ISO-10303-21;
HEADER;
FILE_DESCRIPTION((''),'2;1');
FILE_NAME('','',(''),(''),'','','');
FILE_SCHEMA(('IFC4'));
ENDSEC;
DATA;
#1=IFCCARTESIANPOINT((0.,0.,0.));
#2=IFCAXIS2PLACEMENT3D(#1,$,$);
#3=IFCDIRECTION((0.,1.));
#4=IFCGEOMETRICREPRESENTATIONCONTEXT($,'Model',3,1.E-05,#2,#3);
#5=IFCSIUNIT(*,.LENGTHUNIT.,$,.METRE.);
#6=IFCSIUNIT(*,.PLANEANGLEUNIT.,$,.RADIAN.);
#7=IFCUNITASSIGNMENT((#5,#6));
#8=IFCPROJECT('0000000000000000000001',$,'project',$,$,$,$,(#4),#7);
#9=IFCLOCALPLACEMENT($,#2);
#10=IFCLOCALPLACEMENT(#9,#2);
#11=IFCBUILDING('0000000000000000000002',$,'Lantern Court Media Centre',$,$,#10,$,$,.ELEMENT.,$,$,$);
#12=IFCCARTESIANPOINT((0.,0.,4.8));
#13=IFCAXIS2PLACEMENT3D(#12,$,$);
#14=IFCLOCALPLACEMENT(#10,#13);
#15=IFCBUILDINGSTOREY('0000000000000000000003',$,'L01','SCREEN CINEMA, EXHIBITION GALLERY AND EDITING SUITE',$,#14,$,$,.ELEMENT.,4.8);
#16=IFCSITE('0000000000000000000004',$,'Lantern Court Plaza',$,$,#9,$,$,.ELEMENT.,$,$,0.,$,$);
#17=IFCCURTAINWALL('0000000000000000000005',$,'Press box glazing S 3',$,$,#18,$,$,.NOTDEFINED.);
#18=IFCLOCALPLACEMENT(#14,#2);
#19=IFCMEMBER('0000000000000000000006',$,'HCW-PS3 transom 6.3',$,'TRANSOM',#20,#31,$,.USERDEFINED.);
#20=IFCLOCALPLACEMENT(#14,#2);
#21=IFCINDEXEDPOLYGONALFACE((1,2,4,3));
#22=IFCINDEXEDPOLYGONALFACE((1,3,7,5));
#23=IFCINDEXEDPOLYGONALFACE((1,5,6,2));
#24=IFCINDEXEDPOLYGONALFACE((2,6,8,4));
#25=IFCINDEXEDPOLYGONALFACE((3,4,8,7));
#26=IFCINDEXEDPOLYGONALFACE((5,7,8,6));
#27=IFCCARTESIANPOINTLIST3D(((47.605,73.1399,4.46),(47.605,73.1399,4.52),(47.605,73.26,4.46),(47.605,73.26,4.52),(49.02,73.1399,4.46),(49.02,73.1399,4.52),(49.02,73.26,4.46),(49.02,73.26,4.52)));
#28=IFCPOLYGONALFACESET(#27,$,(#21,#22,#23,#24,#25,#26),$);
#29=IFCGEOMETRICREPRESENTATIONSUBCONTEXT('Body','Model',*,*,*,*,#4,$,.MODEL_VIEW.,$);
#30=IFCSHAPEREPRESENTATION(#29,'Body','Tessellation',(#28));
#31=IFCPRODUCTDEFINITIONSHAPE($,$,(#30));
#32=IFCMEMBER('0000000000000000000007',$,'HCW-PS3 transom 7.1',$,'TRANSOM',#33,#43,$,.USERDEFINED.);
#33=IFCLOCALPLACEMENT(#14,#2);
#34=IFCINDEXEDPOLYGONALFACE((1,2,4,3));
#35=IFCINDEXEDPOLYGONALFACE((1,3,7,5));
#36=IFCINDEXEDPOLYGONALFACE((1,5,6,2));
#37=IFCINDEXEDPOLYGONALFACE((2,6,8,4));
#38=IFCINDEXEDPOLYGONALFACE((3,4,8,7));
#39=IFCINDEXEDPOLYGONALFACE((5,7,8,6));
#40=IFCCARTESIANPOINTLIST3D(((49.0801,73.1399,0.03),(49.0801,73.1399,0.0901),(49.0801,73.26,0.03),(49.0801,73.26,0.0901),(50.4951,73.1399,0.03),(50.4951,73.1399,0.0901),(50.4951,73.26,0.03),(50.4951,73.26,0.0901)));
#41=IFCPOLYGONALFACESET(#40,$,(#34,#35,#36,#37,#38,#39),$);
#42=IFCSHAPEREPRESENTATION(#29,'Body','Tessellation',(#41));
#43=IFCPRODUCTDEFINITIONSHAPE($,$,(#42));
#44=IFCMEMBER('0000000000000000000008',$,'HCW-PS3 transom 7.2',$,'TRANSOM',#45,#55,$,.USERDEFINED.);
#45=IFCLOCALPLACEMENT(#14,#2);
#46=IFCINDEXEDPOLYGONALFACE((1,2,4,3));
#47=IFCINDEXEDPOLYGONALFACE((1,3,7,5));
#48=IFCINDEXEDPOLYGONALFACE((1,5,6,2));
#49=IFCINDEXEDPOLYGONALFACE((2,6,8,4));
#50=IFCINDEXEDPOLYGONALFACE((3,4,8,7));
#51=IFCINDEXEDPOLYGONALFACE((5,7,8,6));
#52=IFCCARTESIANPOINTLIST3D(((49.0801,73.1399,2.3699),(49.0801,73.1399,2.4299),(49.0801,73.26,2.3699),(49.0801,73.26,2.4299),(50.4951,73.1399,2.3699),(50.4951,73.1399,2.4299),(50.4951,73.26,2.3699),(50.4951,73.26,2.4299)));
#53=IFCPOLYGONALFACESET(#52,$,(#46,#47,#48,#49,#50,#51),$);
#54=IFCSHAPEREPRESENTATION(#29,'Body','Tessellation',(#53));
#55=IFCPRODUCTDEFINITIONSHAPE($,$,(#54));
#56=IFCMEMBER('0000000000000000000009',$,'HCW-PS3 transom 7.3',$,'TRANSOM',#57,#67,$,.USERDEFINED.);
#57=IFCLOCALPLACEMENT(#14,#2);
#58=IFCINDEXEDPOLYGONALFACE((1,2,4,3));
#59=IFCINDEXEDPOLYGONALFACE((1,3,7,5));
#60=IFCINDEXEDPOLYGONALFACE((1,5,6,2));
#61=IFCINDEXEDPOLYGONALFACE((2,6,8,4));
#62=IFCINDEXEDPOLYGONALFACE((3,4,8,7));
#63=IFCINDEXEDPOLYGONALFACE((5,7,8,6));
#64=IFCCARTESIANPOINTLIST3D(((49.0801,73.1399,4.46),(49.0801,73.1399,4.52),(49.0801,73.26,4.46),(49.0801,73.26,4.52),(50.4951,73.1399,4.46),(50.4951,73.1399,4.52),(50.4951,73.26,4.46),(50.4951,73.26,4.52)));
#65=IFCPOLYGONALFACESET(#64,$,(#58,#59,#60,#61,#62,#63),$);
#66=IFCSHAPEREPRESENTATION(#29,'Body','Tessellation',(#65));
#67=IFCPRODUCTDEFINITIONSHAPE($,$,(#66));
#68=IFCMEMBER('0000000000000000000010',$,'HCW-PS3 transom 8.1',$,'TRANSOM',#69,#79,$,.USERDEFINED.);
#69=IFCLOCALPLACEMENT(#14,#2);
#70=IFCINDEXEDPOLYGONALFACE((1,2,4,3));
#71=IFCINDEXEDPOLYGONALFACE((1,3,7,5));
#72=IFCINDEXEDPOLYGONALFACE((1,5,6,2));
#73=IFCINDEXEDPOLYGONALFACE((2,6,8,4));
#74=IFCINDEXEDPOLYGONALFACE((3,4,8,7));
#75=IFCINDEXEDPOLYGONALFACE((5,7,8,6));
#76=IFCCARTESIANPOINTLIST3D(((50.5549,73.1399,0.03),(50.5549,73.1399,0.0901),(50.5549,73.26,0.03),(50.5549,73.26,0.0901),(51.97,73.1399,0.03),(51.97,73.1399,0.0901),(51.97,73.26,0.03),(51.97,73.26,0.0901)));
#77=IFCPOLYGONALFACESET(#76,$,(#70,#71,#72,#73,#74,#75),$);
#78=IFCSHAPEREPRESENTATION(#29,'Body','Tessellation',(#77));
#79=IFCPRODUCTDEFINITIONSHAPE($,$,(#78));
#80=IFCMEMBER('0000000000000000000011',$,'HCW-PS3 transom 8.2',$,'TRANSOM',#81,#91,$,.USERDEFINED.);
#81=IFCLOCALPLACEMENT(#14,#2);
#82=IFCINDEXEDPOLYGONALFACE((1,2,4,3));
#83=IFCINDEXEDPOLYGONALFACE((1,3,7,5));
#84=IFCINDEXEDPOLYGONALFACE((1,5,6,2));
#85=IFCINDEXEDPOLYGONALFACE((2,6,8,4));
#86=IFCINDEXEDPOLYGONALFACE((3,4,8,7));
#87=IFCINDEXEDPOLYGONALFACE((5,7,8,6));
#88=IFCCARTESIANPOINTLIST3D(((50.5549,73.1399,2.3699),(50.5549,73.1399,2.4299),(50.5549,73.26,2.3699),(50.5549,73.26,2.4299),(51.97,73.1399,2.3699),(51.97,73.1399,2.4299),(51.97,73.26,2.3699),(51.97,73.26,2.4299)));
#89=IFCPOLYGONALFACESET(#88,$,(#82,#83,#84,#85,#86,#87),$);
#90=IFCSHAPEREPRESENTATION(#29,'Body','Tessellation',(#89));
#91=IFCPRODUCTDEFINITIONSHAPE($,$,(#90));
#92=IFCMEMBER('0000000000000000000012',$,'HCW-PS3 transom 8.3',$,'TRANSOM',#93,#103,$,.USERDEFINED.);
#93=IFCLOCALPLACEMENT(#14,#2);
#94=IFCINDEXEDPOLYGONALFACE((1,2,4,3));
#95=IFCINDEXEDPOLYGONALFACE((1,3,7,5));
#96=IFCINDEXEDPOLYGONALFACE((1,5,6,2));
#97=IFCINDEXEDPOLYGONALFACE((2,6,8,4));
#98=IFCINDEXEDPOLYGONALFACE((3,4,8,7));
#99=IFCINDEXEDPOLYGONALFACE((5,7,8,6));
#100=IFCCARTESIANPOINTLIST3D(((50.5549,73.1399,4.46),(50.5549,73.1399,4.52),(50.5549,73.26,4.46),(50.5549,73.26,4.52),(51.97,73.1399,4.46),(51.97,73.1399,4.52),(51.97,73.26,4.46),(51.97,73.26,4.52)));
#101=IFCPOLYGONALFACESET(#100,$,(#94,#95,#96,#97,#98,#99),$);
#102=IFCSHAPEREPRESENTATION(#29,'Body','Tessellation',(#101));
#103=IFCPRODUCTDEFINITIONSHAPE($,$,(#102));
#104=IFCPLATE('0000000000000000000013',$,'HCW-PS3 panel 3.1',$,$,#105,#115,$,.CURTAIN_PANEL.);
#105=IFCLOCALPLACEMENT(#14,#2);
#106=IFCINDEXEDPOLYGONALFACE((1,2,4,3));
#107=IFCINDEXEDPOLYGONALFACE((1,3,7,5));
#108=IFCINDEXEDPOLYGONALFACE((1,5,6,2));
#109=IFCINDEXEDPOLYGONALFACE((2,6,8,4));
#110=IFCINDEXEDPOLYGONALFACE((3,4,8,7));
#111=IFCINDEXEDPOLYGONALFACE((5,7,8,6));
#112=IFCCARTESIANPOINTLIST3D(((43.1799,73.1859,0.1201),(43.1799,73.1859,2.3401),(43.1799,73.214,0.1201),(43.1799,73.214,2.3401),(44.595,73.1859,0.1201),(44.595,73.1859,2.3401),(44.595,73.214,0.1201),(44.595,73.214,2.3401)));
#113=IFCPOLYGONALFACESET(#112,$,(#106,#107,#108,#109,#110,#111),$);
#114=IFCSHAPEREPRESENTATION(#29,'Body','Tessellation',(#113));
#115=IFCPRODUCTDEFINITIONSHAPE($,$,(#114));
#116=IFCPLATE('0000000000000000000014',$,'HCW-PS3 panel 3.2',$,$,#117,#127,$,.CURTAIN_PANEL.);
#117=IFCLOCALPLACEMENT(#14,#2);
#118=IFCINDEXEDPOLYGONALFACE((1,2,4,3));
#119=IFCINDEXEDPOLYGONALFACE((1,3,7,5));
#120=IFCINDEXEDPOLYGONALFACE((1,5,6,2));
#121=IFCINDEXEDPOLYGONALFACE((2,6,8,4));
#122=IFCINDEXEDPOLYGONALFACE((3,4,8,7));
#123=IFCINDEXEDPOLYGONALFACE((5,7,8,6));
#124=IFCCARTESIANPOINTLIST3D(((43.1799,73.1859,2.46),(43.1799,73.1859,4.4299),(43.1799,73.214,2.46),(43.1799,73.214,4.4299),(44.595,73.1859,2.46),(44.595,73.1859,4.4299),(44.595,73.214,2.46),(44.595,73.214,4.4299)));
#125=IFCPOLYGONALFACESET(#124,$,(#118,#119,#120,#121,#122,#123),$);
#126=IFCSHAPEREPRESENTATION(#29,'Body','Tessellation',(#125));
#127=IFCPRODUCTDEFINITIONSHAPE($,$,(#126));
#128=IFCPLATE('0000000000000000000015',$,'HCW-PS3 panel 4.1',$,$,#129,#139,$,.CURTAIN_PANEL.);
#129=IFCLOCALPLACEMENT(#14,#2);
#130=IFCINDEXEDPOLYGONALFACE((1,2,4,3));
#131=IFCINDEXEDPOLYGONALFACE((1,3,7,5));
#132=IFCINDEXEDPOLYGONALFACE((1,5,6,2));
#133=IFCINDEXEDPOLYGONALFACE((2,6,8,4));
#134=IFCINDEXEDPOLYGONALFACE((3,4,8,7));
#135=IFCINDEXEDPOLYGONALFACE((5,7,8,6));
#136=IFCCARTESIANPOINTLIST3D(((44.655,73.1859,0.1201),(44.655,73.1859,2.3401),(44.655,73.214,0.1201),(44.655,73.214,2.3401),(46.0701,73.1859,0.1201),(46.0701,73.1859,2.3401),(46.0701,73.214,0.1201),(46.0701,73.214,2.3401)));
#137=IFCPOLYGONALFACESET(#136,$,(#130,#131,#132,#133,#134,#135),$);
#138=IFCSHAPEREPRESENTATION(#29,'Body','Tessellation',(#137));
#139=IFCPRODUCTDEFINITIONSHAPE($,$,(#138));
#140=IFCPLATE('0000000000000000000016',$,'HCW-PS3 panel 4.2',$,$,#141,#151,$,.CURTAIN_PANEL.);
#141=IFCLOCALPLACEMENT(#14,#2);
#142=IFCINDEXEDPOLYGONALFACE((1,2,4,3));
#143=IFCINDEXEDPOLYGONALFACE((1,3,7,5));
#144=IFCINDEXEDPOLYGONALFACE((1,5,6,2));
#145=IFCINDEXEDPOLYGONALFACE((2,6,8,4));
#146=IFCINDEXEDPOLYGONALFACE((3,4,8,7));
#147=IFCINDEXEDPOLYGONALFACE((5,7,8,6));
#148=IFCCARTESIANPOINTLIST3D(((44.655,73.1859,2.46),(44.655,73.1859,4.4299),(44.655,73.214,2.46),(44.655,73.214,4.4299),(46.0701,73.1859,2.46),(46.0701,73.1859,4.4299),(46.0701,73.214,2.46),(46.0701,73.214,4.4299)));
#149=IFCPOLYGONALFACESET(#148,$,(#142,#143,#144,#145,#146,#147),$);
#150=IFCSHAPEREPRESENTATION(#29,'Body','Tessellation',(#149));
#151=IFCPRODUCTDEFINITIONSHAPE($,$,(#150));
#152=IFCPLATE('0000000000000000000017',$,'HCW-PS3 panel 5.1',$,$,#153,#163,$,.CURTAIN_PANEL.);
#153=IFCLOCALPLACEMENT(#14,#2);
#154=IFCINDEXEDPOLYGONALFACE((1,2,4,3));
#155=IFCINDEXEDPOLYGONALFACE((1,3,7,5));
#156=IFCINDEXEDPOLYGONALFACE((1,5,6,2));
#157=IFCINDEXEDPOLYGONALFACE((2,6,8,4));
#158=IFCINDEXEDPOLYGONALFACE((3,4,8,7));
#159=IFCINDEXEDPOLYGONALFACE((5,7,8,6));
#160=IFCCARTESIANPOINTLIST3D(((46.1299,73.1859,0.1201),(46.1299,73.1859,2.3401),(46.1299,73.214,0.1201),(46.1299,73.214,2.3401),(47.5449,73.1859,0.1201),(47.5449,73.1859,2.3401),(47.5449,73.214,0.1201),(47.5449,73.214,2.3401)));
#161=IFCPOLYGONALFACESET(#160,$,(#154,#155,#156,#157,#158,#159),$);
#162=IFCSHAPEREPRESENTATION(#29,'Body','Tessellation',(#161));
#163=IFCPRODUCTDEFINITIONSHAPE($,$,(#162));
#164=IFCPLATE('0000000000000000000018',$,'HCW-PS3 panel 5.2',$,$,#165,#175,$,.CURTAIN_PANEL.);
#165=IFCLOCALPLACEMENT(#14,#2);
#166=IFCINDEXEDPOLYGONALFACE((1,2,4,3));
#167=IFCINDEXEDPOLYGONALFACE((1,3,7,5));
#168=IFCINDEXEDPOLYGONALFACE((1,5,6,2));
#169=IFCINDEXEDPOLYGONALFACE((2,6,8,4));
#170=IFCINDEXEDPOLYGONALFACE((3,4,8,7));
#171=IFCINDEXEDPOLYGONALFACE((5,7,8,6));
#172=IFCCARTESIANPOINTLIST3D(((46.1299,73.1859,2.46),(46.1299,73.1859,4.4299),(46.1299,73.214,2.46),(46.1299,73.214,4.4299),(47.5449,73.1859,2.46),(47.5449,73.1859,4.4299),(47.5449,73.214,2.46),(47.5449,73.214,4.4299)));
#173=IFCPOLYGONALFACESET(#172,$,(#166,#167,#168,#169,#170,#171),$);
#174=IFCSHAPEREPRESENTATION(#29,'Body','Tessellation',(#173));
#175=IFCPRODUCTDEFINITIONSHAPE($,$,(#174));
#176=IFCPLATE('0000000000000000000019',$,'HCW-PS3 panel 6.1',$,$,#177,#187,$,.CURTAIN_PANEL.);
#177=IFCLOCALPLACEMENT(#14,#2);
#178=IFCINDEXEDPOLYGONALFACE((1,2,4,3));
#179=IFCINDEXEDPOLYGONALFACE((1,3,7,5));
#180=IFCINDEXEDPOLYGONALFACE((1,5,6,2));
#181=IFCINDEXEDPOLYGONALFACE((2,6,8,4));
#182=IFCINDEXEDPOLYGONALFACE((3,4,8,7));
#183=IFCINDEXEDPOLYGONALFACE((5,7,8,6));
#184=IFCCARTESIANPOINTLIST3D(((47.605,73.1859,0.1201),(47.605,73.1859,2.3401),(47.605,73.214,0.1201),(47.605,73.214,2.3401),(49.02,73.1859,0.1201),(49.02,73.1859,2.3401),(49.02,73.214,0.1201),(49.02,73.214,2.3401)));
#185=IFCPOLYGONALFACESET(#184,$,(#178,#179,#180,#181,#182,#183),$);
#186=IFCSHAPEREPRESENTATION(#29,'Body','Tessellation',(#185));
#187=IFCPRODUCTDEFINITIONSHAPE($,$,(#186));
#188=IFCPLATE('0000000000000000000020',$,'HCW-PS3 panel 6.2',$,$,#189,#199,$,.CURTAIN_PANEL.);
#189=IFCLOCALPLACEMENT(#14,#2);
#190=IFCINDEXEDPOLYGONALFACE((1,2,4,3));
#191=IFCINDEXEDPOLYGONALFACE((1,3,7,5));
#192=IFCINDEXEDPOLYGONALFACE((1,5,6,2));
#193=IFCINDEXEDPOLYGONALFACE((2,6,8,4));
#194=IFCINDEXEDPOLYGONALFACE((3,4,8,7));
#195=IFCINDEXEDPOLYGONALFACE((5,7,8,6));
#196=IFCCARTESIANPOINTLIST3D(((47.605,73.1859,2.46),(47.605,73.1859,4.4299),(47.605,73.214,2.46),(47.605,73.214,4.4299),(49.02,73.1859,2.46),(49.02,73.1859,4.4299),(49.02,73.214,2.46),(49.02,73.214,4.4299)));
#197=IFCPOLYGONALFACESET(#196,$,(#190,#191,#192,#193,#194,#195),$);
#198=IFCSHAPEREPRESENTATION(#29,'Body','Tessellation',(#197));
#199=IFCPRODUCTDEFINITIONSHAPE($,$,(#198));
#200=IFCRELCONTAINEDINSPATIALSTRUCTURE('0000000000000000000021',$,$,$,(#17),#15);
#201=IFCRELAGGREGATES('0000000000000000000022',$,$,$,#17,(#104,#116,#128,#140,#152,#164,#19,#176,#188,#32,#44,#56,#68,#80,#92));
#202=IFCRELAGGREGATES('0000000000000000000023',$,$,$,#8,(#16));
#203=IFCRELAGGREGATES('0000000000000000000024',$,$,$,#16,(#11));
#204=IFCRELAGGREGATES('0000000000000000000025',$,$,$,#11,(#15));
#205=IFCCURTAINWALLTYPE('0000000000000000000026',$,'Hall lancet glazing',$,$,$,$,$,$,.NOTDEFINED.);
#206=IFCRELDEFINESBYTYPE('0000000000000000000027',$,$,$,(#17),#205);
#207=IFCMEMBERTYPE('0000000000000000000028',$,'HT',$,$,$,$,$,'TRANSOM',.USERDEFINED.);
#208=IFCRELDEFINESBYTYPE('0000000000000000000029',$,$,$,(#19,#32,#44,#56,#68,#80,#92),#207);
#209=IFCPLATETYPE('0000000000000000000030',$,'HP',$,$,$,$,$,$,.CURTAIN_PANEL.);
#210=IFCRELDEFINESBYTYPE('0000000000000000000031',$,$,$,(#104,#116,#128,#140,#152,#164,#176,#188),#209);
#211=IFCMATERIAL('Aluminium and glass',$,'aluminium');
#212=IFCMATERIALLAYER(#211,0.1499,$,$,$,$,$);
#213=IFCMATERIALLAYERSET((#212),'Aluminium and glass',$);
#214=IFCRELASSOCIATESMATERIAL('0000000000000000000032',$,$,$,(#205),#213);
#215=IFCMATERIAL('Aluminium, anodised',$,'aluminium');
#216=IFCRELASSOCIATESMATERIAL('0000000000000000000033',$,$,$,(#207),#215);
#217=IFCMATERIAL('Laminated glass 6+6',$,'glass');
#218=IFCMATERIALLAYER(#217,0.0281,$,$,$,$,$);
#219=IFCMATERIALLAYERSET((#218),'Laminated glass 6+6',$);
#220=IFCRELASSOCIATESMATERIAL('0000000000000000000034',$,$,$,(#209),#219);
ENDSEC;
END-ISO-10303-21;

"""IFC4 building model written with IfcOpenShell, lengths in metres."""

from ifc_helpers import new_model, si_unit, direction, frame, origin, origin_2d, place, context, subcontext, project, spatial, rectangle, extrude, material, layer, layer_set, material_profile, profile_set, type_object, element, aggregate, save


model = new_model("IFC4")

# Units and contexts
model_context = context("Model", 3, precision=1e-05, world=origin(), true_north=direction((0.0, 1.0)))
body_context = subcontext(model_context, "Body", "Model", "MODEL_VIEW")
ifc_project = project(units=[si_unit("LENGTHUNIT", "METRE"), si_unit("PLANEANGLEUNIT", "RADIAN")], contexts=[model_context])

# Site, building, storey
site_placement = place(None, origin())
site = spatial("IfcSite", under=ifc_project, at=site_placement, Name="Lantern Court Plaza", CompositionType="ELEMENT", RefElevation=0.0)
building_placement = place(site_placement, origin())
building = spatial("IfcBuilding", under=site, at=building_placement, Name="Lantern Court Media Centre", CompositionType="ELEMENT")
storey_placement = place(building_placement, frame((0.0, 0.0, 4.8)))
storey = spatial("IfcBuildingStorey", under=building, at=storey_placement, Name="L01", Description="SCREEN CINEMA, EXHIBITION GALLERY AND EDITING SUITE", CompositionType="ELEMENT", Elevation=4.8)

# Curtain wall, members, plates
ifc_material_1 = material(Name="Aluminium and glass", Category="aluminium")
ifc_layer_1 = layer(ifc_material_1, 0.1499)
ifc_layer_set_1 = layer_set([ifc_layer_1], Name="Aluminium and glass")
curtain_wall_type = type_object("IfcCurtainWallType", Name="Hall lancet glazing", PredefinedType="NOTDEFINED", material=ifc_layer_set_1)
curtain_wall_placement = place(storey_placement, origin())
curtain_wall = element("IfcCurtainWall", 1, at=curtain_wall_placement, inside=storey, type_object=curtain_wall_type, Name="Press box glazing S 3", PredefinedType="NOTDEFINED")
ifc_material_2 = material(Name="Aluminium, anodised", Category="aluminium")
ifc_material_profile_1 = material_profile(ifc_material_2, rectangle(XDim=0.1201, YDim=0.0601, at=origin_2d()), Name="HT")
ifc_profile_set_1 = profile_set([ifc_material_profile_1], Name="Aluminium, anodised")
member_type_1 = type_object("IfcMemberType", Name="HT", ElementType="TRANSOM", PredefinedType="USERDEFINED", material=ifc_profile_set_1)
member_1_placement = place(storey_placement, frame((47.605, 73.2, 4.49), z_axis=(1.0, 0.0, 0.0), x_axis=(0.0, 1.0, 0.0)))
member_1 = element("IfcMember", 2, at=member_1_placement, type_object=member_type_1, Name="HCW-PS3 transom 6.3", ObjectType="TRANSOM", PredefinedType="USERDEFINED", context=body_context, shape_type="SweptSolid", body=[
    extrude(rectangle(XDim=0.1201, YDim=0.0601, at=origin_2d()), origin(), (0.0, 0.0, 1.0), 1.415),
])
member_2_placement = place(storey_placement, frame((49.0801, 73.2, 0.0601), z_axis=(1.0, 0.0, 0.0), x_axis=(0.0, 1.0, 0.0)))
member_2 = element("IfcMember", 3, at=member_2_placement, type_object=member_type_1, Name="HCW-PS3 transom 7.1", ObjectType="TRANSOM", PredefinedType="USERDEFINED", context=body_context, shape_type="SweptSolid", body=[
    extrude(rectangle(XDim=0.1201, YDim=0.0601, at=origin_2d()), origin(), (0.0, 0.0, 1.0), 1.415),
])
member_3_placement = place(storey_placement, frame((49.0801, 73.2, 2.3999), z_axis=(1.0, 0.0, 0.0), x_axis=(0.0, 1.0, 0.0)))
member_3 = element("IfcMember", 4, at=member_3_placement, type_object=member_type_1, Name="HCW-PS3 transom 7.2", ObjectType="TRANSOM", PredefinedType="USERDEFINED", context=body_context, shape_type="SweptSolid", body=[
    extrude(rectangle(XDim=0.1201, YDim=0.0601, at=origin_2d()), origin(), (0.0, 0.0, 1.0), 1.415),
])
member_4_placement = place(storey_placement, frame((49.0801, 73.2, 4.49), z_axis=(1.0, 0.0, 0.0), x_axis=(0.0, 1.0, 0.0)))
member_4 = element("IfcMember", 5, at=member_4_placement, type_object=member_type_1, Name="HCW-PS3 transom 7.3", ObjectType="TRANSOM", PredefinedType="USERDEFINED", context=body_context, shape_type="SweptSolid", body=[
    extrude(rectangle(XDim=0.1201, YDim=0.0601, at=origin_2d()), origin(), (0.0, 0.0, 1.0), 1.415),
])
member_5_placement = place(storey_placement, frame((50.5549, 73.2, 0.0601), z_axis=(1.0, 0.0, 0.0), x_axis=(0.0, 1.0, 0.0)))
member_5 = element("IfcMember", 6, at=member_5_placement, type_object=member_type_1, Name="HCW-PS3 transom 8.1", ObjectType="TRANSOM", PredefinedType="USERDEFINED", context=body_context, shape_type="SweptSolid", body=[
    extrude(rectangle(XDim=0.1201, YDim=0.0601, at=origin_2d()), origin(), (0.0, 0.0, 1.0), 1.415),
])
member_6_placement = place(storey_placement, frame((50.5549, 73.2, 2.3999), z_axis=(1.0, 0.0, 0.0), x_axis=(0.0, 1.0, 0.0)))
member_6 = element("IfcMember", 7, at=member_6_placement, type_object=member_type_1, Name="HCW-PS3 transom 8.2", ObjectType="TRANSOM", PredefinedType="USERDEFINED", context=body_context, shape_type="SweptSolid", body=[
    extrude(rectangle(XDim=0.1201, YDim=0.0601, at=origin_2d()), origin(), (0.0, 0.0, 1.0), 1.415),
])
member_7_placement = place(storey_placement, frame((50.5549, 73.2, 4.49), z_axis=(1.0, 0.0, 0.0), x_axis=(0.0, 1.0, 0.0)))
member_7 = element("IfcMember", 8, at=member_7_placement, type_object=member_type_1, Name="HCW-PS3 transom 8.3", ObjectType="TRANSOM", PredefinedType="USERDEFINED", context=body_context, shape_type="SweptSolid", body=[
    extrude(rectangle(XDim=0.1201, YDim=0.0601, at=origin_2d()), origin(), (0.0, 0.0, 1.0), 1.415),
])
ifc_material_3 = material(Name="Laminated glass 6+6", Category="glass")
ifc_layer_2 = layer(ifc_material_3, 0.0281)
ifc_layer_set_2 = layer_set([ifc_layer_2], Name="Laminated glass 6+6")
plate_type = type_object("IfcPlateType", Name="HP", PredefinedType="CURTAIN_PANEL", material=ifc_layer_set_2)
plate_1_placement = place(storey_placement, frame((43.8875, 73.2, 0.1201), z_axis=(0.0, 0.0, 1.0), x_axis=(1.0, 0.0, 0.0)))
plate_1 = element("IfcPlate", 9, at=plate_1_placement, type_object=plate_type, Name="HCW-PS3 panel 3.1", PredefinedType="CURTAIN_PANEL", context=body_context, shape_type="SweptSolid", body=[
    extrude(rectangle(XDim=1.415, YDim=0.0281, at=origin_2d()), origin(), (0.0, 0.0, 1.0), 2.22),
])
plate_2_placement = place(storey_placement, frame((43.8875, 73.2, 2.46), z_axis=(0.0, 0.0, 1.0), x_axis=(1.0, 0.0, 0.0)))
plate_2 = element("IfcPlate", 10, at=plate_2_placement, type_object=plate_type, Name="HCW-PS3 panel 3.2", PredefinedType="CURTAIN_PANEL", context=body_context, shape_type="SweptSolid", body=[
    extrude(rectangle(XDim=1.415, YDim=0.0281, at=origin_2d()), origin(), (0.0, 0.0, 1.0), 1.97),
])
plate_3_placement = place(storey_placement, frame((45.3625, 73.2, 0.1201), z_axis=(0.0, 0.0, 1.0), x_axis=(1.0, 0.0, 0.0)))
plate_3 = element("IfcPlate", 11, at=plate_3_placement, type_object=plate_type, Name="HCW-PS3 panel 4.1", PredefinedType="CURTAIN_PANEL", context=body_context, shape_type="SweptSolid", body=[
    extrude(rectangle(XDim=1.415, YDim=0.0281, at=origin_2d()), origin(), (0.0, 0.0, 1.0), 2.22),
])
plate_4_placement = place(storey_placement, frame((45.3625, 73.2, 2.46), z_axis=(0.0, 0.0, 1.0), x_axis=(1.0, 0.0, 0.0)))
plate_4 = element("IfcPlate", 12, at=plate_4_placement, type_object=plate_type, Name="HCW-PS3 panel 4.2", PredefinedType="CURTAIN_PANEL", context=body_context, shape_type="SweptSolid", body=[
    extrude(rectangle(XDim=1.415, YDim=0.0281, at=origin_2d()), origin(), (0.0, 0.0, 1.0), 1.97),
])
plate_5_placement = place(storey_placement, frame((46.8374, 73.2, 0.1201), z_axis=(0.0, 0.0, 1.0), x_axis=(1.0, 0.0, 0.0)))
plate_5 = element("IfcPlate", 13, at=plate_5_placement, type_object=plate_type, Name="HCW-PS3 panel 5.1", PredefinedType="CURTAIN_PANEL", context=body_context, shape_type="SweptSolid", body=[
    extrude(rectangle(XDim=1.415, YDim=0.0281, at=origin_2d()), origin(), (0.0, 0.0, 1.0), 2.22),
])
plate_6_placement = place(storey_placement, frame((46.8374, 73.2, 2.46), z_axis=(0.0, 0.0, 1.0), x_axis=(1.0, 0.0, 0.0)))
plate_6 = element("IfcPlate", 14, at=plate_6_placement, type_object=plate_type, Name="HCW-PS3 panel 5.2", PredefinedType="CURTAIN_PANEL", context=body_context, shape_type="SweptSolid", body=[
    extrude(rectangle(XDim=1.415, YDim=0.0281, at=origin_2d()), origin(), (0.0, 0.0, 1.0), 1.97),
])
plate_7_placement = place(storey_placement, frame((48.3125, 73.2, 0.1201), z_axis=(0.0, 0.0, 1.0), x_axis=(1.0, 0.0, 0.0)))
plate_7 = element("IfcPlate", 15, at=plate_7_placement, type_object=plate_type, Name="HCW-PS3 panel 6.1", PredefinedType="CURTAIN_PANEL", context=body_context, shape_type="SweptSolid", body=[
    extrude(rectangle(XDim=1.415, YDim=0.0281, at=origin_2d()), origin(), (0.0, 0.0, 1.0), 2.22),
])
plate_8_placement = place(storey_placement, frame((48.3125, 73.2, 2.46), z_axis=(0.0, 0.0, 1.0), x_axis=(1.0, 0.0, 0.0)))
plate_8 = element("IfcPlate", 16, at=plate_8_placement, type_object=plate_type, Name="HCW-PS3 panel 6.2", PredefinedType="CURTAIN_PANEL", context=body_context, shape_type="SweptSolid", body=[
    extrude(rectangle(XDim=1.415, YDim=0.0281, at=origin_2d()), origin(), (0.0, 0.0, 1.0), 1.97),
])
aggregate(curtain_wall, [plate_1, plate_2, plate_3, plate_4, plate_5, plate_6, member_1, plate_7, plate_8, member_2, member_3, member_4, member_5, member_6, member_7])

save(model, "model.ifc")
